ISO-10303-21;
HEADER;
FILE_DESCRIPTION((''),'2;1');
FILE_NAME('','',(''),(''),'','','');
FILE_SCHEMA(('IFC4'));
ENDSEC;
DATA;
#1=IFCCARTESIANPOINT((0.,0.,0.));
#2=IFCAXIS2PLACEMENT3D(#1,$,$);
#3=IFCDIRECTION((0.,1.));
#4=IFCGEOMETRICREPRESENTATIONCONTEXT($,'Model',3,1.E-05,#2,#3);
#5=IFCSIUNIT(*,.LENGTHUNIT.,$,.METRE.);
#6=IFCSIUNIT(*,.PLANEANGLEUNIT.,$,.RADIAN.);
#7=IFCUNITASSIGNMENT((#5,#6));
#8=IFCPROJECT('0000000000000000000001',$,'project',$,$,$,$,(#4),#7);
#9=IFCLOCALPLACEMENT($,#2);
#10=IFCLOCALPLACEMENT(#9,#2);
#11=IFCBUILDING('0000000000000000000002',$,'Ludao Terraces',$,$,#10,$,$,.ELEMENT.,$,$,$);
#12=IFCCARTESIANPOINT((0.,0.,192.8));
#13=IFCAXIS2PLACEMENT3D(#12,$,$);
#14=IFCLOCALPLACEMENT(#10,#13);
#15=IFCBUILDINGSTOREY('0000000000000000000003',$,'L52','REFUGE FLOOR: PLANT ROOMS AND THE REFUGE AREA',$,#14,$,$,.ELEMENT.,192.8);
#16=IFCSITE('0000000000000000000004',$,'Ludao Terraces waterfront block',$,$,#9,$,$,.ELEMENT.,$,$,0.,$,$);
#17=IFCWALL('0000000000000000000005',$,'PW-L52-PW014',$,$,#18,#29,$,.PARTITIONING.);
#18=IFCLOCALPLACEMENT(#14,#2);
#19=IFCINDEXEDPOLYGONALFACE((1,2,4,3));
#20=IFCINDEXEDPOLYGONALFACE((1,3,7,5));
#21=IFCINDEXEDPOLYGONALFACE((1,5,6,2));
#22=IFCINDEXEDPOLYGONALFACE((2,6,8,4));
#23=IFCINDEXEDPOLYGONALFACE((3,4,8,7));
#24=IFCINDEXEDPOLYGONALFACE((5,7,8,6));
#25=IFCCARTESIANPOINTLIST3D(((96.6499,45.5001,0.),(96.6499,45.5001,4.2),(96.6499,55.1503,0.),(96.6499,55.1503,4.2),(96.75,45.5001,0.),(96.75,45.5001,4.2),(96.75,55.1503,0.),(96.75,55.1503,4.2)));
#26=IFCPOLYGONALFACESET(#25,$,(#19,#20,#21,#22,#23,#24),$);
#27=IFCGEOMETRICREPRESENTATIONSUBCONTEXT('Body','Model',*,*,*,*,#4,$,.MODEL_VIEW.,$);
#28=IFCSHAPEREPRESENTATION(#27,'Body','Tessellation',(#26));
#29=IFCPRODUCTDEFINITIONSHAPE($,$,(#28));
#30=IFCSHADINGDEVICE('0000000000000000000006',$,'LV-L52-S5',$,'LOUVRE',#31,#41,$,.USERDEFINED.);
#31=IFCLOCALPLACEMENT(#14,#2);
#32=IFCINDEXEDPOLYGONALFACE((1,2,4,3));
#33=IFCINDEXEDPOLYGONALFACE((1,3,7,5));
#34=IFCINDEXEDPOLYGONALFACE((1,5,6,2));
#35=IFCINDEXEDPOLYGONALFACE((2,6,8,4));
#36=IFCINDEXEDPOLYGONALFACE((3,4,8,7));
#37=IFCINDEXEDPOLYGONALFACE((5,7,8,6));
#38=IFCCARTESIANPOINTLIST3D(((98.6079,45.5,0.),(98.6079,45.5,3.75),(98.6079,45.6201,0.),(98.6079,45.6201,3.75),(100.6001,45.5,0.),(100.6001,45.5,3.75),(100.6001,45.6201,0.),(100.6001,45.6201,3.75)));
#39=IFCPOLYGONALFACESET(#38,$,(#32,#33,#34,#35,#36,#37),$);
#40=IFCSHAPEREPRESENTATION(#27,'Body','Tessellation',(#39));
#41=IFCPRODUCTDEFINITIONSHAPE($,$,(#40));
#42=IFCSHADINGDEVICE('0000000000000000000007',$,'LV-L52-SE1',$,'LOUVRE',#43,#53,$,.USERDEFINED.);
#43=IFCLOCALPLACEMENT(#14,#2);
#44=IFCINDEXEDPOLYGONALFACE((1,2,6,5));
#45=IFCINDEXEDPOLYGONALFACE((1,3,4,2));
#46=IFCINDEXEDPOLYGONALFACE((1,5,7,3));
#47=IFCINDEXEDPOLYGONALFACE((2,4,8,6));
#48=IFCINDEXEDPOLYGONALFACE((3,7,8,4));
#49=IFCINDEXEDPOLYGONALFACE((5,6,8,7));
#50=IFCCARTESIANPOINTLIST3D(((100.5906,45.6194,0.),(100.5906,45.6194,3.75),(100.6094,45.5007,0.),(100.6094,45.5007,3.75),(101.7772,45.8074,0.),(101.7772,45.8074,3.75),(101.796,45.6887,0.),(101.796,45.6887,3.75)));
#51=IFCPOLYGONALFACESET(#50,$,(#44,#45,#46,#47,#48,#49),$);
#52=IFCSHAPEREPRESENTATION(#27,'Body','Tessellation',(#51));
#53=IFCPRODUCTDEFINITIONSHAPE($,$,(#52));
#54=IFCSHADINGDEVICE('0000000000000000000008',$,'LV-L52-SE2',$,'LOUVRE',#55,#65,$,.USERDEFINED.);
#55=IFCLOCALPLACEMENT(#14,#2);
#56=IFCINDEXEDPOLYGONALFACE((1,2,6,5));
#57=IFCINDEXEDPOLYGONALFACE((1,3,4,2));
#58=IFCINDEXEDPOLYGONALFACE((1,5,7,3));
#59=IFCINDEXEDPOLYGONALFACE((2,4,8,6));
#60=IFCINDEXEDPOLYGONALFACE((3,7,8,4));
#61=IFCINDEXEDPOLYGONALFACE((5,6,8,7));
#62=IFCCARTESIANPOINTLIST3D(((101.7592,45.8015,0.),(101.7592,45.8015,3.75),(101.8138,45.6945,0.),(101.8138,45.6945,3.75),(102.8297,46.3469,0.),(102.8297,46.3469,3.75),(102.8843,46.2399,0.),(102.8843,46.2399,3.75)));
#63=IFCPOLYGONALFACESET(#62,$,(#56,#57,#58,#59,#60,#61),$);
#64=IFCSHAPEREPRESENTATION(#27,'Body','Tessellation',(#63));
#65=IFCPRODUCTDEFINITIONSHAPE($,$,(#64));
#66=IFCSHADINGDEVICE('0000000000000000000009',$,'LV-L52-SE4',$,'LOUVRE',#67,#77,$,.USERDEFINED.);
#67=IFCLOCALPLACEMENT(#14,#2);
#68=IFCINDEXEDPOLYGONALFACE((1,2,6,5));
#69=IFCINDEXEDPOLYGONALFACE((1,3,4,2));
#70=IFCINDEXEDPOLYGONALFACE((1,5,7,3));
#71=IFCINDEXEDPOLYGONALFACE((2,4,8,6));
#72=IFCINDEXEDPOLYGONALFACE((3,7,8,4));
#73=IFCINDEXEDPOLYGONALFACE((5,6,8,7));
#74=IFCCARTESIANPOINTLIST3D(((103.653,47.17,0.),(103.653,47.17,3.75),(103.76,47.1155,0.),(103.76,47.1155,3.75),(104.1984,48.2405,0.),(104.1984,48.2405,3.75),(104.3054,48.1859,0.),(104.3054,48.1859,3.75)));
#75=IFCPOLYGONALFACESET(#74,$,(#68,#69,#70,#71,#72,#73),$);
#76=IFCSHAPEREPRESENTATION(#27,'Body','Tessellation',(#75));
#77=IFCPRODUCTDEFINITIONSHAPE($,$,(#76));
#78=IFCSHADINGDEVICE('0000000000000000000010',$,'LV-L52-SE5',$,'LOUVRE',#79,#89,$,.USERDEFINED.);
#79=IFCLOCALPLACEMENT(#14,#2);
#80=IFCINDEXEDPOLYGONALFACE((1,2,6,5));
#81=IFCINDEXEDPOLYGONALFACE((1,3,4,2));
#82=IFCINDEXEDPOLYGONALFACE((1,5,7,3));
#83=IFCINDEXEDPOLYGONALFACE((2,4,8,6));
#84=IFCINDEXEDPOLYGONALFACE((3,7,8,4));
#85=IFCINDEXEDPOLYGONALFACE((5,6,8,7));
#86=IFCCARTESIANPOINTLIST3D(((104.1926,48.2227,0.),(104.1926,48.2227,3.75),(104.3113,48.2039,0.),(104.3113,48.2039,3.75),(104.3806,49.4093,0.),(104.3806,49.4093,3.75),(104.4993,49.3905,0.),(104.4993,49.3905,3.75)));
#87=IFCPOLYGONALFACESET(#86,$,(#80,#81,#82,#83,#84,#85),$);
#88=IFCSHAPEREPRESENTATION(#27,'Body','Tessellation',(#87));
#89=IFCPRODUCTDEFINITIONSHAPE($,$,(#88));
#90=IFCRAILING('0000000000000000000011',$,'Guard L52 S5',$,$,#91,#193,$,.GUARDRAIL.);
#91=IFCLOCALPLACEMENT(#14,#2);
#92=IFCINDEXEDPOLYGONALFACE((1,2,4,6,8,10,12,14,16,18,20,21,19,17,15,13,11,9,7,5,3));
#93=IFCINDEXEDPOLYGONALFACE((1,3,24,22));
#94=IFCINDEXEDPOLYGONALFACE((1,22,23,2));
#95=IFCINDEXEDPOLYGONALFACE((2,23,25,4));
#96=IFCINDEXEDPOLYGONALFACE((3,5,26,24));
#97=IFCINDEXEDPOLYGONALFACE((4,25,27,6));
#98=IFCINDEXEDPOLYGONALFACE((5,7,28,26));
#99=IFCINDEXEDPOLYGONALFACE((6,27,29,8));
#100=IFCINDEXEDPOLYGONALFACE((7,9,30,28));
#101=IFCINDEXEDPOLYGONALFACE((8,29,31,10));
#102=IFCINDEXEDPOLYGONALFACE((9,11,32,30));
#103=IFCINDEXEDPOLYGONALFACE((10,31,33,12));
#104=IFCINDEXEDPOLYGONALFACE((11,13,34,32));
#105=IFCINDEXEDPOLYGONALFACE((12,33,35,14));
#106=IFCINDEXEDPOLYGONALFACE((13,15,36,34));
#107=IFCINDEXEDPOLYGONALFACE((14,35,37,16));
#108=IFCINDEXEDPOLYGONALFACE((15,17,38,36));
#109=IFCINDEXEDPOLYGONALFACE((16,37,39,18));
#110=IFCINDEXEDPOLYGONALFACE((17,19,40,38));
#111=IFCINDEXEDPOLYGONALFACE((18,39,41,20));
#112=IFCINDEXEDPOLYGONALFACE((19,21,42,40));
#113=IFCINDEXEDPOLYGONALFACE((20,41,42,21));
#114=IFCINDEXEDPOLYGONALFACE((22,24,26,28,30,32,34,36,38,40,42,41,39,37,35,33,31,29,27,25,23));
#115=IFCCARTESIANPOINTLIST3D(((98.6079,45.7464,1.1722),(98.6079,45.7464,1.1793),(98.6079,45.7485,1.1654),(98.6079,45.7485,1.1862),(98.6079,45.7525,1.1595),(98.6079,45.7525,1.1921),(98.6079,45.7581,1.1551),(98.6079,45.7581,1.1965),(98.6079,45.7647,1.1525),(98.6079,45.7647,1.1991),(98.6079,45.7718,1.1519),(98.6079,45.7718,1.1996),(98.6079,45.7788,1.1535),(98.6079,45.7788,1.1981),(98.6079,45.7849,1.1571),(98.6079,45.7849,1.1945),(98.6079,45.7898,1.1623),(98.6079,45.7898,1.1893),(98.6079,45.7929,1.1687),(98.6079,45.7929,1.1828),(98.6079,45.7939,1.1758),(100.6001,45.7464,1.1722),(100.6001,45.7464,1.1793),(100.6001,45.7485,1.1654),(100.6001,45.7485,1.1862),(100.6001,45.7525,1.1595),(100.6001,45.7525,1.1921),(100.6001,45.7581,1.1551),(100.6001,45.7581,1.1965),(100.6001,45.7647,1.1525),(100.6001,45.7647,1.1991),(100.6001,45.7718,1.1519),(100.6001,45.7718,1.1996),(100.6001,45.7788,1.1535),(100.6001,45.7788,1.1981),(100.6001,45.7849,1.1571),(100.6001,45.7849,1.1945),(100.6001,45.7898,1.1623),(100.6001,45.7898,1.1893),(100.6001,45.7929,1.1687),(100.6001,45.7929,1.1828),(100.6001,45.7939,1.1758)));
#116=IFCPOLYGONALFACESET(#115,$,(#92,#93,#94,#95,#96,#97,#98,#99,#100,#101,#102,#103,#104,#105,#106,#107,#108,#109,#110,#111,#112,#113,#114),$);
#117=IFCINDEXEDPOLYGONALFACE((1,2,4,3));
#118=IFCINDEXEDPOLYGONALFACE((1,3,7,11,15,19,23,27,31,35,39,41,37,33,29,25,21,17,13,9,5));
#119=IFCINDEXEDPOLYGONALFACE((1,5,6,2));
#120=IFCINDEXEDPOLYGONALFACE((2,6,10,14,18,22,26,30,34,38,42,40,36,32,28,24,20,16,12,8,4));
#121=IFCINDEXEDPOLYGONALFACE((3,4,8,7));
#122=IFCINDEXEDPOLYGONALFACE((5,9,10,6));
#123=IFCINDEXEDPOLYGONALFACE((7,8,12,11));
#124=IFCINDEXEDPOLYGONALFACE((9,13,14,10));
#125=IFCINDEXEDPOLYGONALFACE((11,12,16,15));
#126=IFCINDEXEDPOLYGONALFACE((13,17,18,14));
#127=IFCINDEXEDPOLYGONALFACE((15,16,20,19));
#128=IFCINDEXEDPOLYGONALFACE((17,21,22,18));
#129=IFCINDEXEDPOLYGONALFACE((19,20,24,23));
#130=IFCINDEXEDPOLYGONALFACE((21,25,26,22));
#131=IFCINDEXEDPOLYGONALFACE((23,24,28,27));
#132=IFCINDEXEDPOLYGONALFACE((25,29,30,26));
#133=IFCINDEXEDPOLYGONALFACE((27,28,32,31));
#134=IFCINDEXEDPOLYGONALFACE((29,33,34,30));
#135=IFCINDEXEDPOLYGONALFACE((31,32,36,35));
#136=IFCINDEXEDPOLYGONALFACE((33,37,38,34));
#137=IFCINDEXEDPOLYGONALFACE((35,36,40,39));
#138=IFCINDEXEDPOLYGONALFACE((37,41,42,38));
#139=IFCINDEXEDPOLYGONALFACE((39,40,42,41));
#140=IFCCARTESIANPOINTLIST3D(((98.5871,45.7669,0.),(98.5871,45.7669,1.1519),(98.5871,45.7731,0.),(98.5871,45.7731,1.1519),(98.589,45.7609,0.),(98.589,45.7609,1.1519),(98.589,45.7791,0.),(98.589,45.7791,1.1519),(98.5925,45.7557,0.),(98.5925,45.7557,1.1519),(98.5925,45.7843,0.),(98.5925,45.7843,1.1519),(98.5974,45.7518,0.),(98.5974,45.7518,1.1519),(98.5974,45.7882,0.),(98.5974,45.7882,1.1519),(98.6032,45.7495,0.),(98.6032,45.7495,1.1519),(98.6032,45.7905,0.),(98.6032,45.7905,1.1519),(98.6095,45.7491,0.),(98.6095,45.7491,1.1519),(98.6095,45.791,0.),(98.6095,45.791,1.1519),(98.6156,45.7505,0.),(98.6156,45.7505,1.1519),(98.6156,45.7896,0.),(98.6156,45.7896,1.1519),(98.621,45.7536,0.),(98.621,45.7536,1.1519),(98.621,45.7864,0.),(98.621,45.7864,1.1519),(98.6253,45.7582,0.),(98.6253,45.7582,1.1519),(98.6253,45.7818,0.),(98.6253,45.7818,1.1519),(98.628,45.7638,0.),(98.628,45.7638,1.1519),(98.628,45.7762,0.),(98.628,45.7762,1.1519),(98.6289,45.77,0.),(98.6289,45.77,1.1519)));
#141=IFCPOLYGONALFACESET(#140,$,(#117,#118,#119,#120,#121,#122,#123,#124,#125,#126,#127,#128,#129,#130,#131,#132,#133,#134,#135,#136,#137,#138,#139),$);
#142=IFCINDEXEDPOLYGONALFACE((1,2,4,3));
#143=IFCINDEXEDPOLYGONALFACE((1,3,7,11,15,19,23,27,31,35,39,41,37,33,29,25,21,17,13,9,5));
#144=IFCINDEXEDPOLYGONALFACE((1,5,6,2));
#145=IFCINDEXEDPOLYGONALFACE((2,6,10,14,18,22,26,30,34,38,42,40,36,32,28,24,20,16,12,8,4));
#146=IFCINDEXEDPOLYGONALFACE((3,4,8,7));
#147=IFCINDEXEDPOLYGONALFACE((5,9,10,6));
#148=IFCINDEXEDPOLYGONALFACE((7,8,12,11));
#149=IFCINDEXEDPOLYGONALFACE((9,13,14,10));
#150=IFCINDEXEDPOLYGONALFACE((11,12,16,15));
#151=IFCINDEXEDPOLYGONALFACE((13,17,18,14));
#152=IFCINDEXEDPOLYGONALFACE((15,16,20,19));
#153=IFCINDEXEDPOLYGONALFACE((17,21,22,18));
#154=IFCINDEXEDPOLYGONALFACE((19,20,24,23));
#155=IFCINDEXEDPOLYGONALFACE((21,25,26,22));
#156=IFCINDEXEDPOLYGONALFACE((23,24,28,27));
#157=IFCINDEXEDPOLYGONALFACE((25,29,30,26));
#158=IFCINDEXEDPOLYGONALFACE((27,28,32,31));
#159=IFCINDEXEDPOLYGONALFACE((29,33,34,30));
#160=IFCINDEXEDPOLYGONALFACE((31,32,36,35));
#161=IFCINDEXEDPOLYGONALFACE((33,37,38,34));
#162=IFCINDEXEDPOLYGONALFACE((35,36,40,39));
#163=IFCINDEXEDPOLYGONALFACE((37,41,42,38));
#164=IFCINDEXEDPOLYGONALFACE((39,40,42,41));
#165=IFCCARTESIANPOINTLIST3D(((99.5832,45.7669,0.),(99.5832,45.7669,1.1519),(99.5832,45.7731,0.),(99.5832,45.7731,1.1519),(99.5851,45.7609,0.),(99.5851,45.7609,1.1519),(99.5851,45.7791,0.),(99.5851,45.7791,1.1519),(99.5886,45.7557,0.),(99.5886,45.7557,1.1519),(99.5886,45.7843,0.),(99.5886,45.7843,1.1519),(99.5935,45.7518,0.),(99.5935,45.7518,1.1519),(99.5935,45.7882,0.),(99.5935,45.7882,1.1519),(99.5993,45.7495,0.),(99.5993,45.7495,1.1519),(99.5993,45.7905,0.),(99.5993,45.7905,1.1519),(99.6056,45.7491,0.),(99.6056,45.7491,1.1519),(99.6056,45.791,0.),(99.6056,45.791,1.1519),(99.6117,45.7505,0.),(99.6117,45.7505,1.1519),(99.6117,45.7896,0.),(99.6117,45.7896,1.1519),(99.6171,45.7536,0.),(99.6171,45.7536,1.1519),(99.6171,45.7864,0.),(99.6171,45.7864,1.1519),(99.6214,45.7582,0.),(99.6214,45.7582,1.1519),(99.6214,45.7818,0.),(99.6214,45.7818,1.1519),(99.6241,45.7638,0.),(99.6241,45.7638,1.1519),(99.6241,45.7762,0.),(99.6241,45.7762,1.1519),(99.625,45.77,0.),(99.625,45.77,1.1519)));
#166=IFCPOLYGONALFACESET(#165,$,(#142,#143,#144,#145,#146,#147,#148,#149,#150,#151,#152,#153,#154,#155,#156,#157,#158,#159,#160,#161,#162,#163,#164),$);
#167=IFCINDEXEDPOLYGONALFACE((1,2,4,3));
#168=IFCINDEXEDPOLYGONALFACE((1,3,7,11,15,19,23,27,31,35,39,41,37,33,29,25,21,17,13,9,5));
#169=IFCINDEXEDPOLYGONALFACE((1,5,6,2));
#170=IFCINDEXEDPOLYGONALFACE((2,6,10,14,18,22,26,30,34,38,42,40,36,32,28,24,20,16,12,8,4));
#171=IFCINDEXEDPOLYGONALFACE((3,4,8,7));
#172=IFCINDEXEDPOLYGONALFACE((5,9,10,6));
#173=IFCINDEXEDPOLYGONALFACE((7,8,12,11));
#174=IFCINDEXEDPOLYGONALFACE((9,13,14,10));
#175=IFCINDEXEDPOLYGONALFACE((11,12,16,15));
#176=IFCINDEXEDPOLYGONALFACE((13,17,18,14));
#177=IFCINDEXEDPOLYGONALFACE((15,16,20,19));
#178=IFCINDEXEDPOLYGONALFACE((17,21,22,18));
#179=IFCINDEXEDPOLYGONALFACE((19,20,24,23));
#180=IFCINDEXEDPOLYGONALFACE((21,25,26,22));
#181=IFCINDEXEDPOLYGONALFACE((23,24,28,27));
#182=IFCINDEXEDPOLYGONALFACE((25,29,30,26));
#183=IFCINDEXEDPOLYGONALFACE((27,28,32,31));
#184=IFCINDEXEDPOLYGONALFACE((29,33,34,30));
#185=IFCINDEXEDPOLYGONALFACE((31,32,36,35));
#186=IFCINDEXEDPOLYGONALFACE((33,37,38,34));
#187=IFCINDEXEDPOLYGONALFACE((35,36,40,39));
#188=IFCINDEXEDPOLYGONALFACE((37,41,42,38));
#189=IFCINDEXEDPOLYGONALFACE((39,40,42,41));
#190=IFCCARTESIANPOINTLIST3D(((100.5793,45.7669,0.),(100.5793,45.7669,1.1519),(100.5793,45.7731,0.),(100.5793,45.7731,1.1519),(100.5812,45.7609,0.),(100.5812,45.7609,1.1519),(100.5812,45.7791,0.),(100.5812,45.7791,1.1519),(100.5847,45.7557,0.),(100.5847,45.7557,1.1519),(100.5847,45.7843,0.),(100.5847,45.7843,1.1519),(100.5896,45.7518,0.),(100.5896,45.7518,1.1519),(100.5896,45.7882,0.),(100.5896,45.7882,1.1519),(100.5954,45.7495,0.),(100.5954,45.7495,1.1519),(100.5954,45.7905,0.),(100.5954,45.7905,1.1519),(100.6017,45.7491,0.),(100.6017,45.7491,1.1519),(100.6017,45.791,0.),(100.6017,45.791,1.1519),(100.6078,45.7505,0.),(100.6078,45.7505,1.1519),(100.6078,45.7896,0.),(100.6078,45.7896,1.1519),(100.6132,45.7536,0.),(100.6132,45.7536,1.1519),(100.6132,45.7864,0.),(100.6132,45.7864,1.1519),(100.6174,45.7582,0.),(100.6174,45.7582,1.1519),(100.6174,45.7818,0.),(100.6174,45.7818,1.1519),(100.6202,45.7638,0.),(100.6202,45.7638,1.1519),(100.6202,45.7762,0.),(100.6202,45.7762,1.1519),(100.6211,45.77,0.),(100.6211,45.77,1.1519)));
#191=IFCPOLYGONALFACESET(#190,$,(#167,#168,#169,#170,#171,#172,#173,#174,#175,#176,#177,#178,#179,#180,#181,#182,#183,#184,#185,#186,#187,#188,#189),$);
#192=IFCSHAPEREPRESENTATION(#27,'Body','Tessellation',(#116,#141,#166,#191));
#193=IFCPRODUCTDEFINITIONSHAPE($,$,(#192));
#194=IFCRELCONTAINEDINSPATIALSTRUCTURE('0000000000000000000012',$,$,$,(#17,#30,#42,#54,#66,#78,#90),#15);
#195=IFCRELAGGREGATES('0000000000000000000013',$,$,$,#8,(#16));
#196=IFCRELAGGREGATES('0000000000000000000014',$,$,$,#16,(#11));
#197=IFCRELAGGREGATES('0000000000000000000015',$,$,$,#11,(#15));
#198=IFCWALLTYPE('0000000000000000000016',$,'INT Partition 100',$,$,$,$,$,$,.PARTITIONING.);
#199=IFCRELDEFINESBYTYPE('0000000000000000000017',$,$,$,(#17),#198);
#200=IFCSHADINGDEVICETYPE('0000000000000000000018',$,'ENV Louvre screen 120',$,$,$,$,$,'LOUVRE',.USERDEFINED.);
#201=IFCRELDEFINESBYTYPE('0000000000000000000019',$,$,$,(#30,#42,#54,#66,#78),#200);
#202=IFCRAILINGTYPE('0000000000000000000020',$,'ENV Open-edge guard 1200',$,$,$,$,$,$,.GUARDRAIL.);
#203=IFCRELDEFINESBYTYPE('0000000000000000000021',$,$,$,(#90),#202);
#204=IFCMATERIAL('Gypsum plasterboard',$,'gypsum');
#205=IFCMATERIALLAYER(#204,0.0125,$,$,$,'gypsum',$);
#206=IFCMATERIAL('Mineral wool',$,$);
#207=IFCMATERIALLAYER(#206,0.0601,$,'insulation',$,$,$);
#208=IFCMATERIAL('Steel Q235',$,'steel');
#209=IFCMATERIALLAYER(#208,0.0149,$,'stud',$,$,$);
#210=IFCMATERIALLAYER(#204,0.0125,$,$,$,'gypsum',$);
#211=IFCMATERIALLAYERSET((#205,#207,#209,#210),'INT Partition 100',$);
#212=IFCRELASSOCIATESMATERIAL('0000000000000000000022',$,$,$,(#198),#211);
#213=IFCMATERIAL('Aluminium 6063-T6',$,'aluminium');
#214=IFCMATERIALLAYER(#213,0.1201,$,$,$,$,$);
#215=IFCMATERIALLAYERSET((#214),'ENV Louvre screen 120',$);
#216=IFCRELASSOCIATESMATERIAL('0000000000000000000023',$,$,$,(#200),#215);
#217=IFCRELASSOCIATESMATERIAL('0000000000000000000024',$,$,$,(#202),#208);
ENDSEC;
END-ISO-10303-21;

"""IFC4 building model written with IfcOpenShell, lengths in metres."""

from ifc_helpers import new_model, si_unit, direction, frame, frame_2d, origin, origin_2d, place, context, subcontext, project, spatial, rectangle, circle, extrude, material, layer, layer_set, type_object, element, save


model = new_model("IFC4")

# Units and contexts
model_context = context("Model", 3, precision=1e-05, world=origin(), true_north=direction((0.0, 1.0)))
body_context = subcontext(model_context, "Body", "Model", "MODEL_VIEW")
ifc_project = project(units=[si_unit("LENGTHUNIT", "METRE"), si_unit("PLANEANGLEUNIT", "RADIAN")], contexts=[model_context])

# Site, building, storey
site_placement = place(None, origin())
site = spatial("IfcSite", under=ifc_project, at=site_placement, Name="Ludao Terraces waterfront block", CompositionType="ELEMENT", RefElevation=0.0)
building_placement = place(site_placement, origin())
building = spatial("IfcBuilding", under=site, at=building_placement, Name="Ludao Terraces", CompositionType="ELEMENT")
storey_placement = place(building_placement, frame((0.0, 0.0, 192.8)))
storey = spatial("IfcBuildingStorey", under=building, at=storey_placement, Name="L52", Description="REFUGE FLOOR: PLANT ROOMS AND THE REFUGE AREA", CompositionType="ELEMENT", Elevation=192.8)

# Wall
ifc_material_1 = material(Name="Gypsum plasterboard", Category="gypsum")
ifc_layer_1 = layer(ifc_material_1, 0.0125, Category="gypsum")
ifc_material_2 = material(Name="Mineral wool")
ifc_layer_2 = layer(ifc_material_2, 0.0601, Name="insulation")
ifc_material_3 = material(Name="Steel Q235", Category="steel")
ifc_layer_3 = layer(ifc_material_3, 0.0149, Name="stud")
ifc_layer_4 = layer(ifc_material_1, 0.0125, Category="gypsum")
ifc_layer_set_1 = layer_set([ifc_layer_1, ifc_layer_2, ifc_layer_3, ifc_layer_4], Name="INT Partition 100")
wall_type = type_object("IfcWallType", Name="INT Partition 100", PredefinedType="PARTITIONING", material=ifc_layer_set_1)
wall_placement = place(storey_placement, frame((96.7, 45.5, 0.0), z_axis=(0.0, 0.0, 1.0), x_axis=(0.0, 1.0, 0.0)))
element("IfcWall", 1, at=wall_placement, inside=storey, type_object=wall_type, Name="PW-L52-PW014", PredefinedType="PARTITIONING", context=body_context, shape_type="SweptSolid", body=[
    extrude(rectangle(XDim=9.6501, YDim=0.1001, at=frame_2d((4.8252, 0.0))), origin(), (0.0, 0.0, 1.0), 4.2),
])

# Shading devices
ifc_material_4 = material(Name="Aluminium 6063-T6", Category="aluminium")
ifc_layer_5 = layer(ifc_material_4, 0.1201)
ifc_layer_set_2 = layer_set([ifc_layer_5], Name="ENV Louvre screen 120")
shading_device_type = type_object("IfcShadingDeviceType", Name="ENV Louvre screen 120", ElementType="LOUVRE", PredefinedType="USERDEFINED", material=ifc_layer_set_2)
shading_device_placement = place(storey_placement, frame((98.6079, 45.5601, 0.0), z_axis=(0.0, 0.0, 1.0), x_axis=(1.0, 0.0, 0.0)))
element("IfcShadingDevice", 2, at=shading_device_placement, inside=storey, type_object=shading_device_type, Name="LV-L52-S5", ObjectType="LOUVRE", PredefinedType="USERDEFINED", context=body_context, shape_type="SweptSolid", body=[
    extrude(rectangle(XDim=1.9922, YDim=0.1201, at=frame_2d((0.9961, 0.0))), origin(), (0.0, 0.0, 1.0), 3.75),
])
for number, where, z_axis, x_axis, name in (
    (3, (100.6001, 45.5601, 0.0), (0.0, 0.0, 1.0), (0.98768, 0.156484, 0.0), "LV-L52-SE1"),
    (4, (101.7866, 45.748, 0.0), (0.0, 0.0, 1.0), (0.891029, 0.453947, 0.0), "LV-L52-SE2"),
    (5, (103.7065, 47.1428, 0.0), (0.0, 0.0, 1.0), (0.453947, 0.891029, 0.0), "LV-L52-SE4"),
    (6, (104.252, 48.2134, 0.0), (0.0, 0.0, 1.0), (0.156484, 0.98768, 0.0), "LV-L52-SE5"),
):
    element("IfcShadingDevice", number, at=place(storey_placement, frame(where, z_axis=z_axis, x_axis=x_axis)), inside=storey, type_object=shading_device_type, Name=name, ObjectType="LOUVRE", PredefinedType="USERDEFINED", context=body_context, shape_type="SweptSolid", body=[
        extrude(rectangle(XDim=1.2014, YDim=0.1201, at=frame_2d((0.6006, 0.0))), origin(), (0.0, 0.0, 1.0), 3.75),
    ])

# Railing
railing_type = type_object("IfcRailingType", Name="ENV Open-edge guard 1200", PredefinedType="GUARDRAIL", material=ifc_material_3)
railing_placement = place(storey_placement, frame((98.6079, 45.77, 0.0)))
element("IfcRailing", 7, at=railing_placement, inside=storey, type_object=railing_type, Name="Guard L52 S5", PredefinedType="GUARDRAIL", context=body_context, shape_type="SweptSolid", body=[
    extrude(circle(Radius=0.0239, at=origin_2d()), frame((0.0, 0.0, 1.1758), z_axis=(1.0, 0.0, 0.0), x_axis=(0.0, 1.0, 0.0)), (0.0, 0.0, 1.0), 1.9922),
    extrude(circle(Radius=0.021, at=origin_2d()), origin(), (0.0, 0.0, 1.0), 1.1519),
    extrude(circle(Radius=0.021, at=origin_2d()), frame((0.9961, 0.0, 0.0)), (0.0, 0.0, 1.0), 1.1519),
    extrude(circle(Radius=0.021, at=origin_2d()), frame((1.9922, 0.0, 0.0)), (0.0, 0.0, 1.0), 1.1519),
])

save(model, "model.ifc")
